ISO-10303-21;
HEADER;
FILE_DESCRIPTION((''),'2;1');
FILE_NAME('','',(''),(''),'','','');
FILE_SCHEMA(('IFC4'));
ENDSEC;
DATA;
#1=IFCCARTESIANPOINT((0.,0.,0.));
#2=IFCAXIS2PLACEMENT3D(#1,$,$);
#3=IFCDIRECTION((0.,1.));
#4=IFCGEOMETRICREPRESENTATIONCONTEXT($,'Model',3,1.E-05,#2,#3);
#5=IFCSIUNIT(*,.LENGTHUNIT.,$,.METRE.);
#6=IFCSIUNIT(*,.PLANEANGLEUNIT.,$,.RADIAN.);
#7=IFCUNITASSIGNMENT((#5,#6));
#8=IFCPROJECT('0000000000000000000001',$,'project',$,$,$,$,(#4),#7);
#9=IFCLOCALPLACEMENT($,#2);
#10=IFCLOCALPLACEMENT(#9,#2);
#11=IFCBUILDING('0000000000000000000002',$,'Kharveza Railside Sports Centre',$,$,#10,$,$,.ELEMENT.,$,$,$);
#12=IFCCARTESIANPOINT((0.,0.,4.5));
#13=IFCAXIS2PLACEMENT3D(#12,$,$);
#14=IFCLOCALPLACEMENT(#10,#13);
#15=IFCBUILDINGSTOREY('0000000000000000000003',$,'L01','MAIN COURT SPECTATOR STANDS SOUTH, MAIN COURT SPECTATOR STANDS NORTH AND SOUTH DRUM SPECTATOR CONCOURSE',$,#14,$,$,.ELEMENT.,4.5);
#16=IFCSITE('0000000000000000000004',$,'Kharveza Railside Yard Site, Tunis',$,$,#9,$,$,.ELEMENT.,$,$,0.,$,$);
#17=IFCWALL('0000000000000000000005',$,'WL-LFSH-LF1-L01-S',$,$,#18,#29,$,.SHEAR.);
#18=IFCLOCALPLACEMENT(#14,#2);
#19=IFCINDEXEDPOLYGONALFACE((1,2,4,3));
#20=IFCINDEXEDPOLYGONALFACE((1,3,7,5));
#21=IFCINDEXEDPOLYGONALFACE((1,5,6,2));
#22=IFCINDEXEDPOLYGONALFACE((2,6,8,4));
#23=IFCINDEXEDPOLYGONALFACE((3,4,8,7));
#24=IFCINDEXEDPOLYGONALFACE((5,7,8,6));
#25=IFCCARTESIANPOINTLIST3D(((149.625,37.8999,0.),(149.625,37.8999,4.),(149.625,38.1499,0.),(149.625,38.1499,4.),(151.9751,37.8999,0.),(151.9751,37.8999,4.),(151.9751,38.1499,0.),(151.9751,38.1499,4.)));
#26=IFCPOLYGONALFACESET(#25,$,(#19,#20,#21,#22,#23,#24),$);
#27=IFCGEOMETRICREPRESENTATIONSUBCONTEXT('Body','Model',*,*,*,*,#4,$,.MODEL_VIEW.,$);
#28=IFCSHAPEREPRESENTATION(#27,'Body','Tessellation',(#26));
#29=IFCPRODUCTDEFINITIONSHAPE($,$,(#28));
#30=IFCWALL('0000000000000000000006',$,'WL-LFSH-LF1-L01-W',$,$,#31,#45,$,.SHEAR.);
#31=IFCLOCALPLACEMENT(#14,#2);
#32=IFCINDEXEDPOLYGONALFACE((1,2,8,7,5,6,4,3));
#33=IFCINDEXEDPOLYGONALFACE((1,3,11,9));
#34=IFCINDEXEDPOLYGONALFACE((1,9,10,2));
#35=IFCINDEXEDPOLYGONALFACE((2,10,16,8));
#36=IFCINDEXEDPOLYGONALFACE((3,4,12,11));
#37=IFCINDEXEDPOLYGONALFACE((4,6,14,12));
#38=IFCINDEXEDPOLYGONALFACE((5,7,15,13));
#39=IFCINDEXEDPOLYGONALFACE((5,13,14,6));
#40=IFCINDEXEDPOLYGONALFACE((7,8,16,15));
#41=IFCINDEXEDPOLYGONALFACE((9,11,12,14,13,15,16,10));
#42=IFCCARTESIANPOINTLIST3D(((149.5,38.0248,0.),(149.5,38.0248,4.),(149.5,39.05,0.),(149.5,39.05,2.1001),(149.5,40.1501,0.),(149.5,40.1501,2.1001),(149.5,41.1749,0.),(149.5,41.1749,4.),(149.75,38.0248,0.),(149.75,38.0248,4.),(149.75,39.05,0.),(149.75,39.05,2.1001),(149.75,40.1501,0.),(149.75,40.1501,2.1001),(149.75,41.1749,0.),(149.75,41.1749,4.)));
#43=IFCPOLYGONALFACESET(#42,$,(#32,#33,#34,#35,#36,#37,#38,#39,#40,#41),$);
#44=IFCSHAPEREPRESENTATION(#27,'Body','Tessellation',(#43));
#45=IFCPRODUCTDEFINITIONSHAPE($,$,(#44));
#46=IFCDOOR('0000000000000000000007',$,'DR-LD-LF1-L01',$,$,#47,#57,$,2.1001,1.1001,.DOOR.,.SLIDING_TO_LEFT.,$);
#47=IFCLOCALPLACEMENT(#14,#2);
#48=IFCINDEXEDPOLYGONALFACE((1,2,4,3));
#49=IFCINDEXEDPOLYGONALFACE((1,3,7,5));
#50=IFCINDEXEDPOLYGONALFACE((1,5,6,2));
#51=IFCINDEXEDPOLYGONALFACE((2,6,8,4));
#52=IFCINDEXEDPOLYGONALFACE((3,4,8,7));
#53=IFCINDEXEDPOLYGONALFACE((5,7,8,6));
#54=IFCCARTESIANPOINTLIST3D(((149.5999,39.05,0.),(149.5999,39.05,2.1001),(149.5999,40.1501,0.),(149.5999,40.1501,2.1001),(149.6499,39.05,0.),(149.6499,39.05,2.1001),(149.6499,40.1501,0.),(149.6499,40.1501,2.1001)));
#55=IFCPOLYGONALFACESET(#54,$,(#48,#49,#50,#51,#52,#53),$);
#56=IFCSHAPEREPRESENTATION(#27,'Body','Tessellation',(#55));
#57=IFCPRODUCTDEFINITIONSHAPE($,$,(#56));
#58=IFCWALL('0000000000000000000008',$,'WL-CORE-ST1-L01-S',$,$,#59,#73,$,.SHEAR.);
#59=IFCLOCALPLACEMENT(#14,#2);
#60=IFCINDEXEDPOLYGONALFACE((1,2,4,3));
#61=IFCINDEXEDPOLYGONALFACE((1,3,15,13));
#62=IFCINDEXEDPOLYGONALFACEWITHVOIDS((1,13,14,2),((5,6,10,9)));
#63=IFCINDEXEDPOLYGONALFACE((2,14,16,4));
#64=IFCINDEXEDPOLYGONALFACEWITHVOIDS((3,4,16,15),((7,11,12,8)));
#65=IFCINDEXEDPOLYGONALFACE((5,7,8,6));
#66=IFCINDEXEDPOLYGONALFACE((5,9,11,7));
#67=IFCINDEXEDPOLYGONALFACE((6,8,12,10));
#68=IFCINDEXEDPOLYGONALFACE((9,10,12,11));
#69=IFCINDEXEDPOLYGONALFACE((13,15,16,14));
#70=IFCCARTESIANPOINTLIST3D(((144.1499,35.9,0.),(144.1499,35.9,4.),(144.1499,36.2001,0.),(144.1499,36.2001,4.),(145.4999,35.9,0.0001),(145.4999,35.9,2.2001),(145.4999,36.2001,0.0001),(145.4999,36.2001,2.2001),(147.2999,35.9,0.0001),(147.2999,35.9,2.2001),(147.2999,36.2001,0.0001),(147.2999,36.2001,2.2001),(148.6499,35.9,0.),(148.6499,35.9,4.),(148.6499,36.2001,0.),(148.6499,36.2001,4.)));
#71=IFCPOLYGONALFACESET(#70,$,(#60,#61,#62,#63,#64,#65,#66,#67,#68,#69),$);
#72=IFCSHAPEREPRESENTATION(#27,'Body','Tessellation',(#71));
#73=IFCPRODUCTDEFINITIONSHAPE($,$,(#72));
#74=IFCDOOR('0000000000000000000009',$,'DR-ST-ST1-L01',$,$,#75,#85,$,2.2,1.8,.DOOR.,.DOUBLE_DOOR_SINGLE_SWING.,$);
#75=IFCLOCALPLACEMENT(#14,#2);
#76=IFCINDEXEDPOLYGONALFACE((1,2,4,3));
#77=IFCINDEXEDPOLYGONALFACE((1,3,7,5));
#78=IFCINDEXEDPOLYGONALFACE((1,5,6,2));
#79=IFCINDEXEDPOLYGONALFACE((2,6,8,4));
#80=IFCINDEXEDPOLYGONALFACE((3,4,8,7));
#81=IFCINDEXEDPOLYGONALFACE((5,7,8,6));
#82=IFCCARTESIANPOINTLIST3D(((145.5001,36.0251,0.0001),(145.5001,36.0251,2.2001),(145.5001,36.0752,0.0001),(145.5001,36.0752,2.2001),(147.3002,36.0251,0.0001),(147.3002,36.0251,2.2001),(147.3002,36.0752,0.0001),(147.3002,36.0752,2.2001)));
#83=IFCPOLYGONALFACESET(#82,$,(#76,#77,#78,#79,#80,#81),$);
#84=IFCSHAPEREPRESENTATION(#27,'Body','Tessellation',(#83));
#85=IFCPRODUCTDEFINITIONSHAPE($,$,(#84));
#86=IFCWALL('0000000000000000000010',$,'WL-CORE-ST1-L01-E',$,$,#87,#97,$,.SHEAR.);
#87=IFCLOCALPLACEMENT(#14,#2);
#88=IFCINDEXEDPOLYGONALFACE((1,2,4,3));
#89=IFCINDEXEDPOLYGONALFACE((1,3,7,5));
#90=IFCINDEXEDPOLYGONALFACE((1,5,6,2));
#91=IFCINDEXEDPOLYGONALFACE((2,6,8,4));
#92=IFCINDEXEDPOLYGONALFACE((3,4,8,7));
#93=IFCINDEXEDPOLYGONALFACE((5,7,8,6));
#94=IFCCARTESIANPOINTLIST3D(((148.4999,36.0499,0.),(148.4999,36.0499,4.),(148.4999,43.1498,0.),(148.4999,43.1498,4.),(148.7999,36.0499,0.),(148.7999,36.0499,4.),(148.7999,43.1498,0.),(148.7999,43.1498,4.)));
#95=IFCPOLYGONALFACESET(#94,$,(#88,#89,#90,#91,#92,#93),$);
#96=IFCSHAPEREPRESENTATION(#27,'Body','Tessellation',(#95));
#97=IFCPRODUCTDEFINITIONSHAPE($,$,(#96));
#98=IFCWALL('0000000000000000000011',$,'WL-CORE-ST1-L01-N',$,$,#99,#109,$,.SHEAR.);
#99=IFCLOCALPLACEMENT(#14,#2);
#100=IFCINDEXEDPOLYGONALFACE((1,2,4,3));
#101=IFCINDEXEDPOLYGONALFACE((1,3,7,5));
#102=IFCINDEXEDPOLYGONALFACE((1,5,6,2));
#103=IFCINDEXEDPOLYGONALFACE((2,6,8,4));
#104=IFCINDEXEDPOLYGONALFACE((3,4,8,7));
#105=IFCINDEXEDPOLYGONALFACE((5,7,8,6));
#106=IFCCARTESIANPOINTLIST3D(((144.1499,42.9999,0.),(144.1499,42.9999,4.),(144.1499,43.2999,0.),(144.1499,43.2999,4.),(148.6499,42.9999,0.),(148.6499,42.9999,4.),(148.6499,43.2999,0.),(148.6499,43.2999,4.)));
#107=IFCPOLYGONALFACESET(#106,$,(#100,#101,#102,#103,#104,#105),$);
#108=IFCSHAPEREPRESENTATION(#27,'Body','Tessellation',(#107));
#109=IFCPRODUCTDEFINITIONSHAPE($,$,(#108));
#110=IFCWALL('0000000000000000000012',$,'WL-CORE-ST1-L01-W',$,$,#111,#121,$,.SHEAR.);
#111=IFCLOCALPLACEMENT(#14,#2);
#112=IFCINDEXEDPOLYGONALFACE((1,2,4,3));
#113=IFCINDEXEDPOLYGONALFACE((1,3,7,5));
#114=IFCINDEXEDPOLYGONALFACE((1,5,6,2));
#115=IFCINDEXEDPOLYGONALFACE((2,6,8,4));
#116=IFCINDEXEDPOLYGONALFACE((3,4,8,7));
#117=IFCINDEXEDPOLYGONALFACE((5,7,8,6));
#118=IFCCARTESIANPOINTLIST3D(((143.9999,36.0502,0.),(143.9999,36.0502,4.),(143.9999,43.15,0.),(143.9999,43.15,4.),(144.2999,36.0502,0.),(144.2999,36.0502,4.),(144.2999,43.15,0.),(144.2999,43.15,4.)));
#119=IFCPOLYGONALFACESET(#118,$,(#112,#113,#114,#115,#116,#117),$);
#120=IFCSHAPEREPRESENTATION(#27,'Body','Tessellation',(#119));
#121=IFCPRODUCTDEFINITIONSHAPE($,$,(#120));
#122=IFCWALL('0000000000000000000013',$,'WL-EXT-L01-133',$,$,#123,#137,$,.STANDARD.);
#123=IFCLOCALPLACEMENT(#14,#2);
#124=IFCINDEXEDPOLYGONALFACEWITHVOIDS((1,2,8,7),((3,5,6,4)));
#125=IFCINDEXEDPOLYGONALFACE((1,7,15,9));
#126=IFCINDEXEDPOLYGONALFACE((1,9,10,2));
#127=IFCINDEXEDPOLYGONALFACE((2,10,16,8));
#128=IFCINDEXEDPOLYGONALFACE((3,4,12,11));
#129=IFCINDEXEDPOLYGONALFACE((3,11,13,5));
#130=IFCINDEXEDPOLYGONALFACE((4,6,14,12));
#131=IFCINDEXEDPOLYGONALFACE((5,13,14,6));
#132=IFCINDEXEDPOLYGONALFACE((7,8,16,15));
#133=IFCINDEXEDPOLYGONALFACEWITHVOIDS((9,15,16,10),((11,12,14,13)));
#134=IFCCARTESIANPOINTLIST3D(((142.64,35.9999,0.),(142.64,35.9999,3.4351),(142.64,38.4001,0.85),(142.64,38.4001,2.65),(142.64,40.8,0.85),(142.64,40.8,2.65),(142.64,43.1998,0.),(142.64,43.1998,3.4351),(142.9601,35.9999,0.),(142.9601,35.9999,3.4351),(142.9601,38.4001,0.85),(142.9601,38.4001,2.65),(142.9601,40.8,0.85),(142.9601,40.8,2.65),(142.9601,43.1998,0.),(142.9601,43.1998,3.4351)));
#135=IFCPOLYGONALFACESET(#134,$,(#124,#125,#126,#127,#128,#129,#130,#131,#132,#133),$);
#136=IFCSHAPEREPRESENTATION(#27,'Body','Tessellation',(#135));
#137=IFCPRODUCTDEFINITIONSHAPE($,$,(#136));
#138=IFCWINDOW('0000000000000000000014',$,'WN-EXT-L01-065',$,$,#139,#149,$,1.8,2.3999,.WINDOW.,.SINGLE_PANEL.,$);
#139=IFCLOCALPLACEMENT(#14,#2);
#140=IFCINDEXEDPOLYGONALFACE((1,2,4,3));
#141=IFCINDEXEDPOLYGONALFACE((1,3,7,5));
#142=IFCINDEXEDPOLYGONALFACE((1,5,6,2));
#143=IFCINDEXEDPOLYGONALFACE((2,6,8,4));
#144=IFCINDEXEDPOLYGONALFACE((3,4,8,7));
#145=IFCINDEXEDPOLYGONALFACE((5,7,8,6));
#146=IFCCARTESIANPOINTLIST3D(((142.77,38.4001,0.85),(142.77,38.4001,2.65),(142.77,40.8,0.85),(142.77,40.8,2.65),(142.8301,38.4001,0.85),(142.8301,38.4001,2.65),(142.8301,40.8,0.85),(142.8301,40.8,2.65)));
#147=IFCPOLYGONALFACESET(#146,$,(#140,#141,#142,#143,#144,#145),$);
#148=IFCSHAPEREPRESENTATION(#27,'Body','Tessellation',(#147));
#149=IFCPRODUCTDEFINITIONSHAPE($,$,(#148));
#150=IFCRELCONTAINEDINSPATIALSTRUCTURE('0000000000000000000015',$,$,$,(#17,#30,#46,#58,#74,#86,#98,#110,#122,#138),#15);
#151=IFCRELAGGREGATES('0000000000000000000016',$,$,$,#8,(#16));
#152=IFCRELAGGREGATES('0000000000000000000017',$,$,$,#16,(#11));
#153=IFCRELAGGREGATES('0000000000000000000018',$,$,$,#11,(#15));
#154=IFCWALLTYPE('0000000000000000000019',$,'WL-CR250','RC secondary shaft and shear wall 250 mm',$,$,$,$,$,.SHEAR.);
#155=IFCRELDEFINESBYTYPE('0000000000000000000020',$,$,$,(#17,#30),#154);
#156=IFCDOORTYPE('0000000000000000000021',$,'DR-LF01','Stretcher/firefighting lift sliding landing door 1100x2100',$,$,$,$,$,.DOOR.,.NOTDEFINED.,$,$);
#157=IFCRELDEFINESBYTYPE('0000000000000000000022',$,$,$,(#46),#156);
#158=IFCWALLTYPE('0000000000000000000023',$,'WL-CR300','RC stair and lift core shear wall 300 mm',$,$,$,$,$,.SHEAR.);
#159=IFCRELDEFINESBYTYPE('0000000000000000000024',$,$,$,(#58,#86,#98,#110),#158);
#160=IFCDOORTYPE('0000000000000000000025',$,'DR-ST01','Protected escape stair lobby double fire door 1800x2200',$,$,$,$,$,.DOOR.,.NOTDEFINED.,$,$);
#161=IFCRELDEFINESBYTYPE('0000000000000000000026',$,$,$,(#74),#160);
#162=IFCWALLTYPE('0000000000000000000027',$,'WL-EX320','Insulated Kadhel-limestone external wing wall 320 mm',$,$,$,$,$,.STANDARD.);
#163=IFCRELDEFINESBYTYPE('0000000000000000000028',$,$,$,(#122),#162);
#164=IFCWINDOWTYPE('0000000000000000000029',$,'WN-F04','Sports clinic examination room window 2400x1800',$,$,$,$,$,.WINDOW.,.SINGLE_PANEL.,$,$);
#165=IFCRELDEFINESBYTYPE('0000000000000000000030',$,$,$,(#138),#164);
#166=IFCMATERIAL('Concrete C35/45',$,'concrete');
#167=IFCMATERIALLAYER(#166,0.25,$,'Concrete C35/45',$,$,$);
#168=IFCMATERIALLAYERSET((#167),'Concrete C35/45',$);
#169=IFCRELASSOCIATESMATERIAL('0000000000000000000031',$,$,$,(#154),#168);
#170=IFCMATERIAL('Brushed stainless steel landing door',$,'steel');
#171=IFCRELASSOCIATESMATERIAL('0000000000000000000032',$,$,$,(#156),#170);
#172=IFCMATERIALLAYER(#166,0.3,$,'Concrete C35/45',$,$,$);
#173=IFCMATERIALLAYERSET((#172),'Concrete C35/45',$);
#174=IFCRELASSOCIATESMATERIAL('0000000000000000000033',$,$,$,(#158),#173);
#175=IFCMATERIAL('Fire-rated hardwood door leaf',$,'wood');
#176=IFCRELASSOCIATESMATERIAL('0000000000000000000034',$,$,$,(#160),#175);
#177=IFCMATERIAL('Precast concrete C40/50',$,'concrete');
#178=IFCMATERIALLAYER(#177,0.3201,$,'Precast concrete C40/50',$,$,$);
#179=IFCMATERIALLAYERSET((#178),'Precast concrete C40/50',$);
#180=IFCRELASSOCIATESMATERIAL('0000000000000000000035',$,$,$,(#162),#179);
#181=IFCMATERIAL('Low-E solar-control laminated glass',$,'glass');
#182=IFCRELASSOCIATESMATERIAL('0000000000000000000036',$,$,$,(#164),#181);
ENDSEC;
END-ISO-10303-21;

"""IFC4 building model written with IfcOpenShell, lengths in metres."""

from ifc_helpers import new_model, si_unit, direction, frame, frame_2d, origin, place, context, subcontext, project, spatial, rectangle, extrude, material, layer, layer_set, type_object, element, fill, save


model = new_model("IFC4")

# Units and contexts
model_context = context("Model", 3, precision=1e-05, world=origin(), true_north=direction((0.0, 1.0)))
body_context = subcontext(model_context, "Body", "Model", "MODEL_VIEW")
ifc_project = project(units=[si_unit("LENGTHUNIT", "METRE"), si_unit("PLANEANGLEUNIT", "RADIAN")], contexts=[model_context])

# Site, building, storey
site_placement = place(None, origin())
site = spatial("IfcSite", under=ifc_project, at=site_placement, Name="Kharveza Railside Yard Site, Tunis", CompositionType="ELEMENT", RefElevation=0.0)
building_placement = place(site_placement, origin())
building = spatial("IfcBuilding", under=site, at=building_placement, Name="Kharveza Railside Sports Centre", CompositionType="ELEMENT")
storey_placement = place(building_placement, frame((0.0, 0.0, 4.5)))
storey = spatial("IfcBuildingStorey", under=building, at=storey_placement, Name="L01", Description="MAIN COURT SPECTATOR STANDS SOUTH, MAIN COURT SPECTATOR STANDS NORTH AND SOUTH DRUM SPECTATOR CONCOURSE", CompositionType="ELEMENT", Elevation=4.5)

# Wall
ifc_material_1 = material(Name="Concrete C35/45", Category="concrete")
ifc_layer_1 = layer(ifc_material_1, 0.25, Name="Concrete C35/45")
ifc_layer_set_1 = layer_set([ifc_layer_1], Name="Concrete C35/45")
wall_type_1 = type_object("IfcWallType", Name="WL-CR250", Description="RC secondary shaft and shear wall 250 mm", PredefinedType="SHEAR", material=ifc_layer_set_1)
wall_1_placement = place(storey_placement, frame((149.625, 38.0249, 0.0), z_axis=(0.0, 0.0, 1.0), x_axis=(1.0, 0.0, 0.0)))
element("IfcWall", 1, at=wall_1_placement, inside=storey, type_object=wall_type_1, Name="WL-LFSH-LF1-L01-S", PredefinedType="SHEAR", context=body_context, shape_type="SweptSolid", body=[
    extrude(rectangle(XDim=2.3501, YDim=0.25, at=frame_2d((1.175, 0.0))), origin(), (0.0, 0.0, 1.0), 4.0),
])

# Walls, openings, doors
wall_2_placement = place(storey_placement, frame((149.625, 41.175, 0.0), z_axis=(0.0, 0.0, 1.0), x_axis=(0.0, -1.0, 0.0)))
wall_2 = element("IfcWall", 2, at=wall_2_placement, inside=storey, type_object=wall_type_1, Name="WL-LFSH-LF1-L01-W", PredefinedType="SHEAR", context=body_context, shape_type="SweptSolid", body=[
    extrude(rectangle(XDim=3.1501, YDim=0.25, at=frame_2d((1.5752, 0.0))), origin(), (0.0, 0.0, 1.0), 4.0),
])
opening_1_placement = place(wall_2_placement, frame((1.0249, 0.0, 0.0)))
opening_1 = element("IfcOpeningElement", 3, at=opening_1_placement, cuts=wall_2, PredefinedType="OPENING", context=body_context, shape_type="SweptSolid", body=[
    extrude(rectangle(XDim=1.1001, YDim=2.1001, at=frame_2d((0.55, 1.05))), frame((0.0, 0.1499, 0.0), z_axis=(0.0, -1.0, 0.0), x_axis=(1.0, 0.0, 0.0)), (0.0, 0.0, 1.0), 0.2998),
])
ifc_material_2 = material(Name="Brushed stainless steel landing door", Category="steel")
door_type_1 = type_object("IfcDoorType", Name="DR-LF01", Description="Stretcher/firefighting lift sliding landing door 1100x2100", OperationType="NOTDEFINED", PredefinedType="DOOR", material=ifc_material_2)
door_1_placement = place(opening_1_placement, origin())
door_1 = element("IfcDoor", 4, at=door_1_placement, inside=storey, type_object=door_type_1, Name="DR-LD-LF1-L01", OperationType="SLIDING_TO_LEFT", OverallHeight=2.1001, OverallWidth=1.1001, PredefinedType="DOOR", context=body_context, shape_type="SweptSolid", body=[
    extrude(rectangle(XDim=1.1001, YDim=2.1001, at=frame_2d((0.55, 1.05))), frame((0.0, 0.0249, 0.0), z_axis=(0.0, -1.0, 0.0), x_axis=(1.0, 0.0, 0.0)), (0.0, 0.0, 1.0), 0.05),
])
fill(opening_1, door_1)
ifc_layer_2 = layer(ifc_material_1, 0.3, Name="Concrete C35/45")
ifc_layer_set_2 = layer_set([ifc_layer_2], Name="Concrete C35/45")
wall_type_2 = type_object("IfcWallType", Name="WL-CR300", Description="RC stair and lift core shear wall 300 mm", PredefinedType="SHEAR", material=ifc_layer_set_2)
wall_3_placement = place(storey_placement, frame((144.1499, 36.05, 0.0), z_axis=(0.0, 0.0, 1.0), x_axis=(1.0, 0.0, 0.0)))
wall_3 = element("IfcWall", 5, at=wall_3_placement, inside=storey, type_object=wall_type_2, Name="WL-CORE-ST1-L01-S", PredefinedType="SHEAR", context=body_context, shape_type="SweptSolid", body=[
    extrude(rectangle(XDim=4.5, YDim=0.3, at=frame_2d((2.25, 0.0))), origin(), (0.0, 0.0, 1.0), 4.0),
])
opening_2_placement = place(wall_3_placement, frame((1.3501, 0.0, 0.0)))
opening_2 = element("IfcOpeningElement", 6, at=opening_2_placement, cuts=wall_3, PredefinedType="OPENING", context=body_context, shape_type="SweptSolid", body=[
    extrude(rectangle(XDim=1.8, YDim=2.2, at=frame_2d((0.8999, 1.1001))), frame((0.0, 0.1748, 0.0), z_axis=(0.0, -1.0, 0.0), x_axis=(1.0, 0.0, 0.0)), (0.0, 0.0, 1.0), 0.3499),
])
ifc_material_3 = material(Name="Fire-rated hardwood door leaf", Category="wood")
door_type_2 = type_object("IfcDoorType", Name="DR-ST01", Description="Protected escape stair lobby double fire door 1800x2200", OperationType="NOTDEFINED", PredefinedType="DOOR", material=ifc_material_3)
door_2_placement = place(opening_2_placement, frame((1.8, 0.0, 0.0), z_axis=(0.0, 0.0, 1.0), x_axis=(-1.0, 0.0, 0.0)))
door_2 = element("IfcDoor", 7, at=door_2_placement, inside=storey, type_object=door_type_2, Name="DR-ST-ST1-L01", OperationType="DOUBLE_DOOR_SINGLE_SWING", OverallHeight=2.2, OverallWidth=1.8, PredefinedType="DOOR", context=body_context, shape_type="SweptSolid", body=[
    extrude(rectangle(XDim=1.8, YDim=2.2, at=frame_2d((0.8999, 1.1001))), frame((0.0, 0.0249, 0.0), z_axis=(0.0, -1.0, 0.0), x_axis=(1.0, 0.0, 0.0)), (0.0, 0.0, 1.0), 0.05),
])
fill(opening_2, door_2)

# Walls
wall_4_placement = place(storey_placement, frame((148.6499, 36.05, 0.0), z_axis=(0.0, 0.0, 1.0), x_axis=(0.0, 1.0, 0.0)))
element("IfcWall", 8, at=wall_4_placement, inside=storey, type_object=wall_type_2, Name="WL-CORE-ST1-L01-E", PredefinedType="SHEAR", context=body_context, shape_type="SweptSolid", body=[
    extrude(rectangle(XDim=7.0999, YDim=0.3, at=frame_2d((3.5498, 0.0))), origin(), (0.0, 0.0, 1.0), 4.0),
])
wall_5_placement = place(storey_placement, frame((148.6499, 43.1499, 0.0), z_axis=(0.0, 0.0, 1.0), x_axis=(-1.0, 0.0, 0.0)))
element("IfcWall", 9, at=wall_5_placement, inside=storey, type_object=wall_type_2, Name="WL-CORE-ST1-L01-N", PredefinedType="SHEAR", context=body_context, shape_type="SweptSolid", body=[
    extrude(rectangle(XDim=4.5, YDim=0.3, at=frame_2d((2.25, 0.0))), origin(), (0.0, 0.0, 1.0), 4.0),
])
wall_6_placement = place(storey_placement, frame((144.1499, 43.1499, 0.0), z_axis=(0.0, 0.0, 1.0), x_axis=(0.0, -1.0, 0.0)))
element("IfcWall", 10, at=wall_6_placement, inside=storey, type_object=wall_type_2, Name="WL-CORE-ST1-L01-W", PredefinedType="SHEAR", context=body_context, shape_type="SweptSolid", body=[
    extrude(rectangle(XDim=7.0999, YDim=0.3, at=frame_2d((3.5498, 0.0))), origin(), (0.0, 0.0, 1.0), 4.0),
])

# Wall, opening, window
ifc_material_4 = material(Name="Precast concrete C40/50", Category="concrete")
ifc_layer_3 = layer(ifc_material_4, 0.3201, Name="Precast concrete C40/50")
ifc_layer_set_3 = layer_set([ifc_layer_3], Name="Precast concrete C40/50")
wall_type_3 = type_object("IfcWallType", Name="WL-EX320", Description="Insulated Kadhel-limestone external wing wall 320 mm", PredefinedType="STANDARD", material=ifc_layer_set_3)
wall_7_placement = place(storey_placement, frame((142.8, 43.2, 0.0), z_axis=(0.0, 0.0, 1.0), x_axis=(0.0, -1.0, 0.0)))
wall_7 = element("IfcWall", 11, at=wall_7_placement, inside=storey, type_object=wall_type_3, Name="WL-EXT-L01-133", PredefinedType="STANDARD", context=body_context, shape_type="SweptSolid", body=[
    extrude(rectangle(XDim=7.2, YDim=0.3201, at=frame_2d((3.6001, 0.0))), origin(), (0.0, 0.0, 1.0), 3.4351),
])
opening_3_placement = place(wall_7_placement, frame((2.3999, 0.0, 0.8501)))
opening_3 = element("IfcOpeningElement", 12, at=opening_3_placement, cuts=wall_7, PredefinedType="OPENING", context=body_context, shape_type="SweptSolid", body=[
    extrude(rectangle(XDim=2.3999, YDim=1.8, at=frame_2d((1.2, 0.8999))), frame((0.0, 0.1851, 0.0), z_axis=(0.0, -1.0, 0.0), x_axis=(1.0, 0.0, 0.0)), (0.0, 0.0, 1.0), 0.3699),
])
ifc_material_5 = material(Name="Low-E solar-control laminated glass", Category="glass")
window_type_1 = type_object("IfcWindowType", Name="WN-F04", Description="Sports clinic examination room window 2400x1800", PartitioningType="SINGLE_PANEL", PredefinedType="WINDOW", material=ifc_material_5)
window_1_placement = place(opening_3_placement, origin())
window_1 = element("IfcWindow", 13, at=window_1_placement, inside=storey, type_object=window_type_1, Name="WN-EXT-L01-065", OverallHeight=1.8, OverallWidth=2.3999, PartitioningType="SINGLE_PANEL", PredefinedType="WINDOW", context=body_context, shape_type="SweptSolid", body=[
    extrude(rectangle(XDim=2.3999, YDim=1.8, at=frame_2d((1.2, 0.8999))), frame((0.0, 0.03, 0.0), z_axis=(0.0, -1.0, 0.0), x_axis=(1.0, 0.0, 0.0)), (0.0, 0.0, 1.0), 0.0601),
])
fill(opening_3, window_1)

save(model, "model.ifc")
